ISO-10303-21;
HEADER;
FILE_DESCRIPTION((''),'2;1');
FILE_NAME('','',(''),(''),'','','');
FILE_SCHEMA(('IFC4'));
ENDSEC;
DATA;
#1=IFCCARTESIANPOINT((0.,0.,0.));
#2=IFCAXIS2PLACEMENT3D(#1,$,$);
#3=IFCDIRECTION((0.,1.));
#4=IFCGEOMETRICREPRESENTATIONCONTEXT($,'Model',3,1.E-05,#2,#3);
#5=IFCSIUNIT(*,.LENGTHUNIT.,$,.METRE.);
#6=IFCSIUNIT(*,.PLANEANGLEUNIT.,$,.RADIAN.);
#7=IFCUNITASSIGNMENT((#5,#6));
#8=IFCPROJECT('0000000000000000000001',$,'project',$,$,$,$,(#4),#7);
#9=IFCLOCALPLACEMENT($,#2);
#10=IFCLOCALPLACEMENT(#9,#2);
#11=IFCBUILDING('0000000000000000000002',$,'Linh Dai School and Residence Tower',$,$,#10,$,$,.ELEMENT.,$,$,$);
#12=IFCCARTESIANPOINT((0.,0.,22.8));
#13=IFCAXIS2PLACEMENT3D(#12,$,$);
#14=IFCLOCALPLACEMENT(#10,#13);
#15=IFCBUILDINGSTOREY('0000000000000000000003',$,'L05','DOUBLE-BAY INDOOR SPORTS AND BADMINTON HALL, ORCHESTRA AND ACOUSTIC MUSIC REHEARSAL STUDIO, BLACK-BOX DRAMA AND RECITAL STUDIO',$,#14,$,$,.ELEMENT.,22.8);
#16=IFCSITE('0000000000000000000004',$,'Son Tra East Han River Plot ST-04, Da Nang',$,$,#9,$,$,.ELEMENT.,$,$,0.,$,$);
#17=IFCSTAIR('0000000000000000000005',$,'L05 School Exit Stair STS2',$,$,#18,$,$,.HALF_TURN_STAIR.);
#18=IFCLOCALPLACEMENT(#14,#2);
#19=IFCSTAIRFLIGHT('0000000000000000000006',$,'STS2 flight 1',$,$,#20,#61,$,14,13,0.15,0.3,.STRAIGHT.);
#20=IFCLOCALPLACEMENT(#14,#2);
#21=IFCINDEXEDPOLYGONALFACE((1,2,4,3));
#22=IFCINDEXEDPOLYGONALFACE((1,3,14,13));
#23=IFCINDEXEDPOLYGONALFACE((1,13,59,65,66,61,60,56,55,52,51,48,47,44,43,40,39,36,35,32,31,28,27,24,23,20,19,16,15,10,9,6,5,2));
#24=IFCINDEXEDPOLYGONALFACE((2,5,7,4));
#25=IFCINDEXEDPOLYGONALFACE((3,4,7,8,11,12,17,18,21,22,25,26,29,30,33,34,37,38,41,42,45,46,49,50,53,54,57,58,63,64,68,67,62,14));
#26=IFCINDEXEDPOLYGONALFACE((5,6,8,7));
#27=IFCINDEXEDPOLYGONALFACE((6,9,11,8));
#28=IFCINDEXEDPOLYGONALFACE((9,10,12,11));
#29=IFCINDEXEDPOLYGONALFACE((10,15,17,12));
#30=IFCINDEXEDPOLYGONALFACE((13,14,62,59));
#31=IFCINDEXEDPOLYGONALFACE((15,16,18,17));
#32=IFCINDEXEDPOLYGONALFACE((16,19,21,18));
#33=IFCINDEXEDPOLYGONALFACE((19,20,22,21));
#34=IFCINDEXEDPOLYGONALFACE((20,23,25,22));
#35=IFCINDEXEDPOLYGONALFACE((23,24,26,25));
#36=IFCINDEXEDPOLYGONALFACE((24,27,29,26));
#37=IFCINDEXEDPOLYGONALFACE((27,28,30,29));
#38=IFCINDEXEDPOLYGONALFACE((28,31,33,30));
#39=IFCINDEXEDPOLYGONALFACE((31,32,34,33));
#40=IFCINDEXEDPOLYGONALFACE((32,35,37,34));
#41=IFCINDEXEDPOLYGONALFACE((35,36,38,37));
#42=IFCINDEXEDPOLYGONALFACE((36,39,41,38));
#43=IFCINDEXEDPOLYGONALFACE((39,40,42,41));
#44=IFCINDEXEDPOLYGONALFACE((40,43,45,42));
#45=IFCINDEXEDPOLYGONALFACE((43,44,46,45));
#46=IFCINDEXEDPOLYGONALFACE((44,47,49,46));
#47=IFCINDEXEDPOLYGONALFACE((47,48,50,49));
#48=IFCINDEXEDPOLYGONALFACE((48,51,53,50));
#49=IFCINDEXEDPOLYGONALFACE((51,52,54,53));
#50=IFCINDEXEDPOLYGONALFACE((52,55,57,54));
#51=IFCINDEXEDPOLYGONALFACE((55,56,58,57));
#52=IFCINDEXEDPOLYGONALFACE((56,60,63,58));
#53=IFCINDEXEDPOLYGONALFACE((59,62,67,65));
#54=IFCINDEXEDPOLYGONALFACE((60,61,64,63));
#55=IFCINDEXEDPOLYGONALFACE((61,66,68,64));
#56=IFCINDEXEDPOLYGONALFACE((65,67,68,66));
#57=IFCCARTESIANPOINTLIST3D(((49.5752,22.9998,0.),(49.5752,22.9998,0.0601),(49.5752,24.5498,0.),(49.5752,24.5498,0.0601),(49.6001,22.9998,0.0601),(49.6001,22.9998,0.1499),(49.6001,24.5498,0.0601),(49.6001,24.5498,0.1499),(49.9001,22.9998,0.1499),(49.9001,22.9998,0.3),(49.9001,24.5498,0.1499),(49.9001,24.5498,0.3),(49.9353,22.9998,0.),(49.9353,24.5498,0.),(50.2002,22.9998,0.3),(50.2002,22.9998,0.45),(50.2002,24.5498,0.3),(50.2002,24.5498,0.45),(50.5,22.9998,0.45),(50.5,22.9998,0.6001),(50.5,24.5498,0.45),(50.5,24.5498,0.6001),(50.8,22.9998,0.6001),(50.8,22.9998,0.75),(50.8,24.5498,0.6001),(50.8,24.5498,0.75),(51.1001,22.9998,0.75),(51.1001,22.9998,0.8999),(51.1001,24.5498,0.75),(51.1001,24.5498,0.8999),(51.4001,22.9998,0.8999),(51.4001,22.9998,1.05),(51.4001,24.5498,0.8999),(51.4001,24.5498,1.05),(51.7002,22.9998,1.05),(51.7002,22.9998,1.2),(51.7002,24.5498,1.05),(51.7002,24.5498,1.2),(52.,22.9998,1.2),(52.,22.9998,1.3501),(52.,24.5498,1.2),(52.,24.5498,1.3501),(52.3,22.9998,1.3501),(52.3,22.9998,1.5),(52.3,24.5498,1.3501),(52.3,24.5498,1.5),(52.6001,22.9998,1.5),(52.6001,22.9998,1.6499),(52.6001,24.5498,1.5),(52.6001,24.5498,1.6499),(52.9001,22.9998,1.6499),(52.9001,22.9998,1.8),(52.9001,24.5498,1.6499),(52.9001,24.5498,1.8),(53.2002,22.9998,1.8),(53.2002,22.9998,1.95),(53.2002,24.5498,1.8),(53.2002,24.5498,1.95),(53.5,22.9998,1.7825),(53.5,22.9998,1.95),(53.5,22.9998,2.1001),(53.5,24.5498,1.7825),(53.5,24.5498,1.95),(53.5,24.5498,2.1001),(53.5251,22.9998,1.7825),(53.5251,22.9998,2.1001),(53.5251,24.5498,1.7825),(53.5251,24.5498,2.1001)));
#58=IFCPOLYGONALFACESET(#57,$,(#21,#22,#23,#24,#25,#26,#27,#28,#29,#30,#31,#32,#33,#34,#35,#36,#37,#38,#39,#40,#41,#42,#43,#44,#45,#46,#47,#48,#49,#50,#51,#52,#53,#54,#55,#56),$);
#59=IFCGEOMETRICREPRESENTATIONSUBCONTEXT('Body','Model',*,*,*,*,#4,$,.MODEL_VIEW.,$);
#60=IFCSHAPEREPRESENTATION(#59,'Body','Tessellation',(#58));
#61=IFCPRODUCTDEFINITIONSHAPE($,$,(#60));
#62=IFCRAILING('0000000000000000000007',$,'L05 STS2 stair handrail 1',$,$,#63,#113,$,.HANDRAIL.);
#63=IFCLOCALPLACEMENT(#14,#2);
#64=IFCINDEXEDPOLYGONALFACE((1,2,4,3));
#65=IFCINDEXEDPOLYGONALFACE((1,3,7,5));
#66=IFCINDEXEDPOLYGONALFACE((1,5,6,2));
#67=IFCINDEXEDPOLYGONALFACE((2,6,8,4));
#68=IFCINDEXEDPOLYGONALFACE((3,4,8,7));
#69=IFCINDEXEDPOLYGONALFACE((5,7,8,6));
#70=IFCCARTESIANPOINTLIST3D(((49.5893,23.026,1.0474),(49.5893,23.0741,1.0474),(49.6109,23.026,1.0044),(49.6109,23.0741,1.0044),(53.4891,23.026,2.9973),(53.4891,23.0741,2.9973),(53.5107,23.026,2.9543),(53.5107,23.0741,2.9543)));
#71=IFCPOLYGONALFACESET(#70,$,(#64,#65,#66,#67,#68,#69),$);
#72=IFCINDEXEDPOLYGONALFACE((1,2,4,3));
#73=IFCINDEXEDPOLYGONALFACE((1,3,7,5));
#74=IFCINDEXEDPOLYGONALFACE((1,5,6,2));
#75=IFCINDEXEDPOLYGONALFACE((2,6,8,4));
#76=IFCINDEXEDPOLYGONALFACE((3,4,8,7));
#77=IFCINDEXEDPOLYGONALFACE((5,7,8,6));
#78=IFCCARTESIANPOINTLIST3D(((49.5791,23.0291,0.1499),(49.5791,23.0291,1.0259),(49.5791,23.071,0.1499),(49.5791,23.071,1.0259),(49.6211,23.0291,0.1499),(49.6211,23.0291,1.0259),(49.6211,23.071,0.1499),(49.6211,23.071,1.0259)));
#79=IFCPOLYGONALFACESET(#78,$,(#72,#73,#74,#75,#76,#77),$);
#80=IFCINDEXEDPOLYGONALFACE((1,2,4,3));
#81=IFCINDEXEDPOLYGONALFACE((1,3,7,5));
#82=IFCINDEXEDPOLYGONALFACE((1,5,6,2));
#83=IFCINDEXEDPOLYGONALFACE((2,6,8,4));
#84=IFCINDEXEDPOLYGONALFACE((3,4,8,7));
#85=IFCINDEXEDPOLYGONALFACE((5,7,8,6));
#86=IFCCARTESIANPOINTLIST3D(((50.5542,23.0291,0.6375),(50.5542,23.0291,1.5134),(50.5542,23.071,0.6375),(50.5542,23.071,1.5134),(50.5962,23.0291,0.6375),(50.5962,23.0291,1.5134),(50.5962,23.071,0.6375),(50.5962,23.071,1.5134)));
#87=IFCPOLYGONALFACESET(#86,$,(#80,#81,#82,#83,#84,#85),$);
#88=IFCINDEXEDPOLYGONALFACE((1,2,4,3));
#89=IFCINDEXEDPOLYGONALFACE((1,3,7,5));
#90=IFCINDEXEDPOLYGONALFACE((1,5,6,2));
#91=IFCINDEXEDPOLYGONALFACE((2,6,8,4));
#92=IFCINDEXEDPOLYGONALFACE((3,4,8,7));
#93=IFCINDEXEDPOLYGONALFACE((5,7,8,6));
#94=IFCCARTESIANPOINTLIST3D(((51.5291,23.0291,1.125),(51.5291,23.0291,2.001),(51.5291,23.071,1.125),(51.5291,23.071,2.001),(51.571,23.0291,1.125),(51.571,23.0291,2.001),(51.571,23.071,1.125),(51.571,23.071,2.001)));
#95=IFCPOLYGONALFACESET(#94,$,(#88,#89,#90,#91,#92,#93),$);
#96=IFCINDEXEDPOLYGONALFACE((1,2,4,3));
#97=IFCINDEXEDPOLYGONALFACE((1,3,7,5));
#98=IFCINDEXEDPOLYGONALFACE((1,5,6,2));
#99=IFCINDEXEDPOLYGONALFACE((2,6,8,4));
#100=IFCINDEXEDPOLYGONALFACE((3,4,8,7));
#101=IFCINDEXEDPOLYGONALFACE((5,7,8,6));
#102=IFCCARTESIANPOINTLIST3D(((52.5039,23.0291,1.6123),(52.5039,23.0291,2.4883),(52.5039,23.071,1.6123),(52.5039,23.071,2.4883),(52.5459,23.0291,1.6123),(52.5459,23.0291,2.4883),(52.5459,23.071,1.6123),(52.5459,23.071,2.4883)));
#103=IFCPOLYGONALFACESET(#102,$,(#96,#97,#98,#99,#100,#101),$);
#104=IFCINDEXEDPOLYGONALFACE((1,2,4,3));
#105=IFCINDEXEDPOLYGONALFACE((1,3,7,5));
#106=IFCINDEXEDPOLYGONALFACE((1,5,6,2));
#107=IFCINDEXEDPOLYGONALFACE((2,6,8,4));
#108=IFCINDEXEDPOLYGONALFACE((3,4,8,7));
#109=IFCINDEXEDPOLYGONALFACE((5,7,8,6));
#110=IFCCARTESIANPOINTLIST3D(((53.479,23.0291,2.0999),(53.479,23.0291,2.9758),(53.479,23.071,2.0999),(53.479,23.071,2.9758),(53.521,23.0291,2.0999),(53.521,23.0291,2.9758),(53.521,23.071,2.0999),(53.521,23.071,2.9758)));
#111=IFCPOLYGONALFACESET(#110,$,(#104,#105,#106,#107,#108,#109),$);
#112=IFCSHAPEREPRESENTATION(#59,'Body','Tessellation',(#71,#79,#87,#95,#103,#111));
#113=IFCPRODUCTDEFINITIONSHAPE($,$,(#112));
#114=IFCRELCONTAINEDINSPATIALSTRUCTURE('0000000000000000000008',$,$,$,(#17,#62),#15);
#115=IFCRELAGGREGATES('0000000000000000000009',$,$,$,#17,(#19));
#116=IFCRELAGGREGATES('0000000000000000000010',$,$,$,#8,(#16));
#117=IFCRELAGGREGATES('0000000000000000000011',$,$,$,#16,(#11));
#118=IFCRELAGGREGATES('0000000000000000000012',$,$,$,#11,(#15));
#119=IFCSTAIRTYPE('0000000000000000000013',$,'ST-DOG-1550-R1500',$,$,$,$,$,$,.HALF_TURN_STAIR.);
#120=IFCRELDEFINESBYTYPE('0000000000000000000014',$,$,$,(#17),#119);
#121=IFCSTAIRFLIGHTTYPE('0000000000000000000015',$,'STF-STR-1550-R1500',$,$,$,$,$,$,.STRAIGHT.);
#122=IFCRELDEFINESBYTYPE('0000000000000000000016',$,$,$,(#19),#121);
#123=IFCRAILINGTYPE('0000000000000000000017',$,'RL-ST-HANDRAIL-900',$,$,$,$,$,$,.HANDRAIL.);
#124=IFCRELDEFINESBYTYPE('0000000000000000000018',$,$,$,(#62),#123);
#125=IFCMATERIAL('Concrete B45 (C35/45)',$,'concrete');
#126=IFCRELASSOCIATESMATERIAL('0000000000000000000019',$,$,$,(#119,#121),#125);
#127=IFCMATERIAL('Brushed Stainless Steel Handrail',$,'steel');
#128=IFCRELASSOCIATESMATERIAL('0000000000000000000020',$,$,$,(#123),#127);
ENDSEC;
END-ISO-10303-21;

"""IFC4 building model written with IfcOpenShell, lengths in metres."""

from ifc_helpers import new_model, si_unit, direction, frame, origin, origin_2d, place, context, subcontext, project, spatial, polyline, rectangle, outline, extrude, source, transform, mapped, material, type_object, element, aggregate, save


model = new_model("IFC4")

# Units and contexts
model_context = context("Model", 3, precision=1e-05, world=origin(), true_north=direction((0.0, 1.0)))
body_context = subcontext(model_context, "Body", "Model", "MODEL_VIEW")
ifc_project = project(units=[si_unit("LENGTHUNIT", "METRE"), si_unit("PLANEANGLEUNIT", "RADIAN")], contexts=[model_context])

# Site, building, storey
site_placement = place(None, origin())
site = spatial("IfcSite", under=ifc_project, at=site_placement, Name="Son Tra East Han River Plot ST-04, Da Nang", CompositionType="ELEMENT", RefElevation=0.0)
building_placement = place(site_placement, origin())
building = spatial("IfcBuilding", under=site, at=building_placement, Name="Linh Dai School and Residence Tower", CompositionType="ELEMENT")
storey_placement = place(building_placement, frame((0.0, 0.0, 22.8)))
storey = spatial("IfcBuildingStorey", under=building, at=storey_placement, Name="L05", Description="DOUBLE-BAY INDOOR SPORTS AND BADMINTON HALL, ORCHESTRA AND ACOUSTIC MUSIC REHEARSAL STUDIO, BLACK-BOX DRAMA AND RECITAL STUDIO", CompositionType="ELEMENT", Elevation=22.8)

# Shared definitions
ifc_material_1 = material(Name="Concrete B45 (C35/45)", Category="concrete")

# Stair, stair flight
stair_type = type_object("IfcStairType", Name="ST-DOG-1550-R1500", PredefinedType="HALF_TURN_STAIR", material=ifc_material_1)
stair_placement = place(storey_placement, origin())
stair = element("IfcStair", 1, at=stair_placement, inside=storey, type_object=stair_type, Name="L05 School Exit Stair STS2", PredefinedType="HALF_TURN_STAIR")
stair_flight_type = type_object("IfcStairFlightType", Name="STF-STR-1550-R1500", PredefinedType="STRAIGHT", material=ifc_material_1)
shared_shape_1 = source(origin(), body_context, "Body", "SweptSolid", [
    extrude(outline(polyline([(-0.0249, 0.0), (-0.0249, 0.0601), (0.0, 0.0601), (0.0, 0.1499), (0.3, 0.1499), (0.3, 0.3), (0.6001, 0.3), (0.6001, 0.45), (0.8999, 0.45), (0.8999, 0.6001), (1.2, 0.6001), (1.2, 0.75), (1.5, 0.75), (1.5, 0.8999), (1.8, 0.8999), (1.8, 1.05), (2.1001, 1.05), (2.1001, 1.2), (2.3999, 1.2), (2.3999, 1.3501), (2.7, 1.3501), (2.7, 1.5), (3.0, 1.5), (3.0, 1.6499), (3.3, 1.6499), (3.3, 1.8), (3.6001, 1.8), (3.6001, 1.95), (3.8999, 1.95), (3.8999, 2.1001), (3.925, 2.1001), (3.925, 1.7825), (3.8999, 1.7825), (0.3352, 0.0), (-0.0249, 0.0)])), frame((0.0, 0.7749, 0.0), z_axis=(0.0, -1.0, 0.0), x_axis=(1.0, 0.0, 0.0)), (0.0, 0.0, 1.0), 1.55),
])
stair_flight_placement = place(storey_placement, frame((49.6001, 23.7749, 0.0), z_axis=(0.0, 0.0, 1.0), x_axis=(1.0, 0.0, 0.0)))
stair_flight = element("IfcStairFlight", 2, at=stair_flight_placement, type_object=stair_flight_type, Name="STS2 flight 1", NumberOfRisers=14, NumberOfTreads=13, PredefinedType="STRAIGHT", RiserHeight=0.15, TreadLength=0.3, context=body_context, shape_type="MappedRepresentation", body=[
    mapped(shared_shape_1, transform((0.0, 0.0, 0.0), x_axis=(1.0, 0.0, 0.0), y_axis=(0.0, 1.0, 0.0), z_axis=(0.0, 0.0, 1.0), scale=1.0)),
])
aggregate(stair, [stair_flight])

# Railing
ifc_material_2 = material(Name="Brushed Stainless Steel Handrail", Category="steel")
railing_type_1 = type_object("IfcRailingType", Name="RL-ST-HANDRAIL-900", PredefinedType="HANDRAIL", material=ifc_material_2)
shared_shape_2 = source(origin(), body_context, "Body", "SweptSolid", [
    extrude(rectangle(XDim=0.0481, YDim=0.0481, at=origin_2d()), frame((0.0, 0.0, 0.876), z_axis=(0.894427, 0.0, 0.447214), x_axis=(0.0, 1.0, 0.0)), (0.0, 0.0, 1.0), 4.3601),
    extrude(rectangle(XDim=0.042, YDim=0.042, at=origin_2d()), origin(), (0.0, 0.0, 1.0), 0.876),
    extrude(rectangle(XDim=0.042, YDim=0.042, at=origin_2d()), frame((0.9751, 0.0, 0.4875)), (0.0, 0.0, 1.0), 0.876),
    extrude(rectangle(XDim=0.042, YDim=0.042, at=origin_2d()), frame((1.95, 0.0, 0.9751)), (0.0, 0.0, 1.0), 0.876),
    extrude(rectangle(XDim=0.042, YDim=0.042, at=origin_2d()), frame((2.9248, 0.0, 1.4624)), (0.0, 0.0, 1.0), 0.876),
    extrude(rectangle(XDim=0.042, YDim=0.042, at=origin_2d()), frame((3.8999, 0.0, 1.95)), (0.0, 0.0, 1.0), 0.876),
])
railing_1_placement = place(storey_placement, frame((49.6001, 23.05, 0.1499)))
element("IfcRailing", 3, at=railing_1_placement, inside=storey, type_object=railing_type_1, Name="L05 STS2 stair handrail 1", PredefinedType="HANDRAIL", context=body_context, shape_type="MappedRepresentation", body=[
    mapped(shared_shape_2, transform((0.0, 0.0, 0.0), x_axis=(1.0, 0.0, 0.0), y_axis=(0.0, 1.0, 0.0), z_axis=(0.0, 0.0, 1.0), scale=1.0)),
])

save(model, "model.ifc")
